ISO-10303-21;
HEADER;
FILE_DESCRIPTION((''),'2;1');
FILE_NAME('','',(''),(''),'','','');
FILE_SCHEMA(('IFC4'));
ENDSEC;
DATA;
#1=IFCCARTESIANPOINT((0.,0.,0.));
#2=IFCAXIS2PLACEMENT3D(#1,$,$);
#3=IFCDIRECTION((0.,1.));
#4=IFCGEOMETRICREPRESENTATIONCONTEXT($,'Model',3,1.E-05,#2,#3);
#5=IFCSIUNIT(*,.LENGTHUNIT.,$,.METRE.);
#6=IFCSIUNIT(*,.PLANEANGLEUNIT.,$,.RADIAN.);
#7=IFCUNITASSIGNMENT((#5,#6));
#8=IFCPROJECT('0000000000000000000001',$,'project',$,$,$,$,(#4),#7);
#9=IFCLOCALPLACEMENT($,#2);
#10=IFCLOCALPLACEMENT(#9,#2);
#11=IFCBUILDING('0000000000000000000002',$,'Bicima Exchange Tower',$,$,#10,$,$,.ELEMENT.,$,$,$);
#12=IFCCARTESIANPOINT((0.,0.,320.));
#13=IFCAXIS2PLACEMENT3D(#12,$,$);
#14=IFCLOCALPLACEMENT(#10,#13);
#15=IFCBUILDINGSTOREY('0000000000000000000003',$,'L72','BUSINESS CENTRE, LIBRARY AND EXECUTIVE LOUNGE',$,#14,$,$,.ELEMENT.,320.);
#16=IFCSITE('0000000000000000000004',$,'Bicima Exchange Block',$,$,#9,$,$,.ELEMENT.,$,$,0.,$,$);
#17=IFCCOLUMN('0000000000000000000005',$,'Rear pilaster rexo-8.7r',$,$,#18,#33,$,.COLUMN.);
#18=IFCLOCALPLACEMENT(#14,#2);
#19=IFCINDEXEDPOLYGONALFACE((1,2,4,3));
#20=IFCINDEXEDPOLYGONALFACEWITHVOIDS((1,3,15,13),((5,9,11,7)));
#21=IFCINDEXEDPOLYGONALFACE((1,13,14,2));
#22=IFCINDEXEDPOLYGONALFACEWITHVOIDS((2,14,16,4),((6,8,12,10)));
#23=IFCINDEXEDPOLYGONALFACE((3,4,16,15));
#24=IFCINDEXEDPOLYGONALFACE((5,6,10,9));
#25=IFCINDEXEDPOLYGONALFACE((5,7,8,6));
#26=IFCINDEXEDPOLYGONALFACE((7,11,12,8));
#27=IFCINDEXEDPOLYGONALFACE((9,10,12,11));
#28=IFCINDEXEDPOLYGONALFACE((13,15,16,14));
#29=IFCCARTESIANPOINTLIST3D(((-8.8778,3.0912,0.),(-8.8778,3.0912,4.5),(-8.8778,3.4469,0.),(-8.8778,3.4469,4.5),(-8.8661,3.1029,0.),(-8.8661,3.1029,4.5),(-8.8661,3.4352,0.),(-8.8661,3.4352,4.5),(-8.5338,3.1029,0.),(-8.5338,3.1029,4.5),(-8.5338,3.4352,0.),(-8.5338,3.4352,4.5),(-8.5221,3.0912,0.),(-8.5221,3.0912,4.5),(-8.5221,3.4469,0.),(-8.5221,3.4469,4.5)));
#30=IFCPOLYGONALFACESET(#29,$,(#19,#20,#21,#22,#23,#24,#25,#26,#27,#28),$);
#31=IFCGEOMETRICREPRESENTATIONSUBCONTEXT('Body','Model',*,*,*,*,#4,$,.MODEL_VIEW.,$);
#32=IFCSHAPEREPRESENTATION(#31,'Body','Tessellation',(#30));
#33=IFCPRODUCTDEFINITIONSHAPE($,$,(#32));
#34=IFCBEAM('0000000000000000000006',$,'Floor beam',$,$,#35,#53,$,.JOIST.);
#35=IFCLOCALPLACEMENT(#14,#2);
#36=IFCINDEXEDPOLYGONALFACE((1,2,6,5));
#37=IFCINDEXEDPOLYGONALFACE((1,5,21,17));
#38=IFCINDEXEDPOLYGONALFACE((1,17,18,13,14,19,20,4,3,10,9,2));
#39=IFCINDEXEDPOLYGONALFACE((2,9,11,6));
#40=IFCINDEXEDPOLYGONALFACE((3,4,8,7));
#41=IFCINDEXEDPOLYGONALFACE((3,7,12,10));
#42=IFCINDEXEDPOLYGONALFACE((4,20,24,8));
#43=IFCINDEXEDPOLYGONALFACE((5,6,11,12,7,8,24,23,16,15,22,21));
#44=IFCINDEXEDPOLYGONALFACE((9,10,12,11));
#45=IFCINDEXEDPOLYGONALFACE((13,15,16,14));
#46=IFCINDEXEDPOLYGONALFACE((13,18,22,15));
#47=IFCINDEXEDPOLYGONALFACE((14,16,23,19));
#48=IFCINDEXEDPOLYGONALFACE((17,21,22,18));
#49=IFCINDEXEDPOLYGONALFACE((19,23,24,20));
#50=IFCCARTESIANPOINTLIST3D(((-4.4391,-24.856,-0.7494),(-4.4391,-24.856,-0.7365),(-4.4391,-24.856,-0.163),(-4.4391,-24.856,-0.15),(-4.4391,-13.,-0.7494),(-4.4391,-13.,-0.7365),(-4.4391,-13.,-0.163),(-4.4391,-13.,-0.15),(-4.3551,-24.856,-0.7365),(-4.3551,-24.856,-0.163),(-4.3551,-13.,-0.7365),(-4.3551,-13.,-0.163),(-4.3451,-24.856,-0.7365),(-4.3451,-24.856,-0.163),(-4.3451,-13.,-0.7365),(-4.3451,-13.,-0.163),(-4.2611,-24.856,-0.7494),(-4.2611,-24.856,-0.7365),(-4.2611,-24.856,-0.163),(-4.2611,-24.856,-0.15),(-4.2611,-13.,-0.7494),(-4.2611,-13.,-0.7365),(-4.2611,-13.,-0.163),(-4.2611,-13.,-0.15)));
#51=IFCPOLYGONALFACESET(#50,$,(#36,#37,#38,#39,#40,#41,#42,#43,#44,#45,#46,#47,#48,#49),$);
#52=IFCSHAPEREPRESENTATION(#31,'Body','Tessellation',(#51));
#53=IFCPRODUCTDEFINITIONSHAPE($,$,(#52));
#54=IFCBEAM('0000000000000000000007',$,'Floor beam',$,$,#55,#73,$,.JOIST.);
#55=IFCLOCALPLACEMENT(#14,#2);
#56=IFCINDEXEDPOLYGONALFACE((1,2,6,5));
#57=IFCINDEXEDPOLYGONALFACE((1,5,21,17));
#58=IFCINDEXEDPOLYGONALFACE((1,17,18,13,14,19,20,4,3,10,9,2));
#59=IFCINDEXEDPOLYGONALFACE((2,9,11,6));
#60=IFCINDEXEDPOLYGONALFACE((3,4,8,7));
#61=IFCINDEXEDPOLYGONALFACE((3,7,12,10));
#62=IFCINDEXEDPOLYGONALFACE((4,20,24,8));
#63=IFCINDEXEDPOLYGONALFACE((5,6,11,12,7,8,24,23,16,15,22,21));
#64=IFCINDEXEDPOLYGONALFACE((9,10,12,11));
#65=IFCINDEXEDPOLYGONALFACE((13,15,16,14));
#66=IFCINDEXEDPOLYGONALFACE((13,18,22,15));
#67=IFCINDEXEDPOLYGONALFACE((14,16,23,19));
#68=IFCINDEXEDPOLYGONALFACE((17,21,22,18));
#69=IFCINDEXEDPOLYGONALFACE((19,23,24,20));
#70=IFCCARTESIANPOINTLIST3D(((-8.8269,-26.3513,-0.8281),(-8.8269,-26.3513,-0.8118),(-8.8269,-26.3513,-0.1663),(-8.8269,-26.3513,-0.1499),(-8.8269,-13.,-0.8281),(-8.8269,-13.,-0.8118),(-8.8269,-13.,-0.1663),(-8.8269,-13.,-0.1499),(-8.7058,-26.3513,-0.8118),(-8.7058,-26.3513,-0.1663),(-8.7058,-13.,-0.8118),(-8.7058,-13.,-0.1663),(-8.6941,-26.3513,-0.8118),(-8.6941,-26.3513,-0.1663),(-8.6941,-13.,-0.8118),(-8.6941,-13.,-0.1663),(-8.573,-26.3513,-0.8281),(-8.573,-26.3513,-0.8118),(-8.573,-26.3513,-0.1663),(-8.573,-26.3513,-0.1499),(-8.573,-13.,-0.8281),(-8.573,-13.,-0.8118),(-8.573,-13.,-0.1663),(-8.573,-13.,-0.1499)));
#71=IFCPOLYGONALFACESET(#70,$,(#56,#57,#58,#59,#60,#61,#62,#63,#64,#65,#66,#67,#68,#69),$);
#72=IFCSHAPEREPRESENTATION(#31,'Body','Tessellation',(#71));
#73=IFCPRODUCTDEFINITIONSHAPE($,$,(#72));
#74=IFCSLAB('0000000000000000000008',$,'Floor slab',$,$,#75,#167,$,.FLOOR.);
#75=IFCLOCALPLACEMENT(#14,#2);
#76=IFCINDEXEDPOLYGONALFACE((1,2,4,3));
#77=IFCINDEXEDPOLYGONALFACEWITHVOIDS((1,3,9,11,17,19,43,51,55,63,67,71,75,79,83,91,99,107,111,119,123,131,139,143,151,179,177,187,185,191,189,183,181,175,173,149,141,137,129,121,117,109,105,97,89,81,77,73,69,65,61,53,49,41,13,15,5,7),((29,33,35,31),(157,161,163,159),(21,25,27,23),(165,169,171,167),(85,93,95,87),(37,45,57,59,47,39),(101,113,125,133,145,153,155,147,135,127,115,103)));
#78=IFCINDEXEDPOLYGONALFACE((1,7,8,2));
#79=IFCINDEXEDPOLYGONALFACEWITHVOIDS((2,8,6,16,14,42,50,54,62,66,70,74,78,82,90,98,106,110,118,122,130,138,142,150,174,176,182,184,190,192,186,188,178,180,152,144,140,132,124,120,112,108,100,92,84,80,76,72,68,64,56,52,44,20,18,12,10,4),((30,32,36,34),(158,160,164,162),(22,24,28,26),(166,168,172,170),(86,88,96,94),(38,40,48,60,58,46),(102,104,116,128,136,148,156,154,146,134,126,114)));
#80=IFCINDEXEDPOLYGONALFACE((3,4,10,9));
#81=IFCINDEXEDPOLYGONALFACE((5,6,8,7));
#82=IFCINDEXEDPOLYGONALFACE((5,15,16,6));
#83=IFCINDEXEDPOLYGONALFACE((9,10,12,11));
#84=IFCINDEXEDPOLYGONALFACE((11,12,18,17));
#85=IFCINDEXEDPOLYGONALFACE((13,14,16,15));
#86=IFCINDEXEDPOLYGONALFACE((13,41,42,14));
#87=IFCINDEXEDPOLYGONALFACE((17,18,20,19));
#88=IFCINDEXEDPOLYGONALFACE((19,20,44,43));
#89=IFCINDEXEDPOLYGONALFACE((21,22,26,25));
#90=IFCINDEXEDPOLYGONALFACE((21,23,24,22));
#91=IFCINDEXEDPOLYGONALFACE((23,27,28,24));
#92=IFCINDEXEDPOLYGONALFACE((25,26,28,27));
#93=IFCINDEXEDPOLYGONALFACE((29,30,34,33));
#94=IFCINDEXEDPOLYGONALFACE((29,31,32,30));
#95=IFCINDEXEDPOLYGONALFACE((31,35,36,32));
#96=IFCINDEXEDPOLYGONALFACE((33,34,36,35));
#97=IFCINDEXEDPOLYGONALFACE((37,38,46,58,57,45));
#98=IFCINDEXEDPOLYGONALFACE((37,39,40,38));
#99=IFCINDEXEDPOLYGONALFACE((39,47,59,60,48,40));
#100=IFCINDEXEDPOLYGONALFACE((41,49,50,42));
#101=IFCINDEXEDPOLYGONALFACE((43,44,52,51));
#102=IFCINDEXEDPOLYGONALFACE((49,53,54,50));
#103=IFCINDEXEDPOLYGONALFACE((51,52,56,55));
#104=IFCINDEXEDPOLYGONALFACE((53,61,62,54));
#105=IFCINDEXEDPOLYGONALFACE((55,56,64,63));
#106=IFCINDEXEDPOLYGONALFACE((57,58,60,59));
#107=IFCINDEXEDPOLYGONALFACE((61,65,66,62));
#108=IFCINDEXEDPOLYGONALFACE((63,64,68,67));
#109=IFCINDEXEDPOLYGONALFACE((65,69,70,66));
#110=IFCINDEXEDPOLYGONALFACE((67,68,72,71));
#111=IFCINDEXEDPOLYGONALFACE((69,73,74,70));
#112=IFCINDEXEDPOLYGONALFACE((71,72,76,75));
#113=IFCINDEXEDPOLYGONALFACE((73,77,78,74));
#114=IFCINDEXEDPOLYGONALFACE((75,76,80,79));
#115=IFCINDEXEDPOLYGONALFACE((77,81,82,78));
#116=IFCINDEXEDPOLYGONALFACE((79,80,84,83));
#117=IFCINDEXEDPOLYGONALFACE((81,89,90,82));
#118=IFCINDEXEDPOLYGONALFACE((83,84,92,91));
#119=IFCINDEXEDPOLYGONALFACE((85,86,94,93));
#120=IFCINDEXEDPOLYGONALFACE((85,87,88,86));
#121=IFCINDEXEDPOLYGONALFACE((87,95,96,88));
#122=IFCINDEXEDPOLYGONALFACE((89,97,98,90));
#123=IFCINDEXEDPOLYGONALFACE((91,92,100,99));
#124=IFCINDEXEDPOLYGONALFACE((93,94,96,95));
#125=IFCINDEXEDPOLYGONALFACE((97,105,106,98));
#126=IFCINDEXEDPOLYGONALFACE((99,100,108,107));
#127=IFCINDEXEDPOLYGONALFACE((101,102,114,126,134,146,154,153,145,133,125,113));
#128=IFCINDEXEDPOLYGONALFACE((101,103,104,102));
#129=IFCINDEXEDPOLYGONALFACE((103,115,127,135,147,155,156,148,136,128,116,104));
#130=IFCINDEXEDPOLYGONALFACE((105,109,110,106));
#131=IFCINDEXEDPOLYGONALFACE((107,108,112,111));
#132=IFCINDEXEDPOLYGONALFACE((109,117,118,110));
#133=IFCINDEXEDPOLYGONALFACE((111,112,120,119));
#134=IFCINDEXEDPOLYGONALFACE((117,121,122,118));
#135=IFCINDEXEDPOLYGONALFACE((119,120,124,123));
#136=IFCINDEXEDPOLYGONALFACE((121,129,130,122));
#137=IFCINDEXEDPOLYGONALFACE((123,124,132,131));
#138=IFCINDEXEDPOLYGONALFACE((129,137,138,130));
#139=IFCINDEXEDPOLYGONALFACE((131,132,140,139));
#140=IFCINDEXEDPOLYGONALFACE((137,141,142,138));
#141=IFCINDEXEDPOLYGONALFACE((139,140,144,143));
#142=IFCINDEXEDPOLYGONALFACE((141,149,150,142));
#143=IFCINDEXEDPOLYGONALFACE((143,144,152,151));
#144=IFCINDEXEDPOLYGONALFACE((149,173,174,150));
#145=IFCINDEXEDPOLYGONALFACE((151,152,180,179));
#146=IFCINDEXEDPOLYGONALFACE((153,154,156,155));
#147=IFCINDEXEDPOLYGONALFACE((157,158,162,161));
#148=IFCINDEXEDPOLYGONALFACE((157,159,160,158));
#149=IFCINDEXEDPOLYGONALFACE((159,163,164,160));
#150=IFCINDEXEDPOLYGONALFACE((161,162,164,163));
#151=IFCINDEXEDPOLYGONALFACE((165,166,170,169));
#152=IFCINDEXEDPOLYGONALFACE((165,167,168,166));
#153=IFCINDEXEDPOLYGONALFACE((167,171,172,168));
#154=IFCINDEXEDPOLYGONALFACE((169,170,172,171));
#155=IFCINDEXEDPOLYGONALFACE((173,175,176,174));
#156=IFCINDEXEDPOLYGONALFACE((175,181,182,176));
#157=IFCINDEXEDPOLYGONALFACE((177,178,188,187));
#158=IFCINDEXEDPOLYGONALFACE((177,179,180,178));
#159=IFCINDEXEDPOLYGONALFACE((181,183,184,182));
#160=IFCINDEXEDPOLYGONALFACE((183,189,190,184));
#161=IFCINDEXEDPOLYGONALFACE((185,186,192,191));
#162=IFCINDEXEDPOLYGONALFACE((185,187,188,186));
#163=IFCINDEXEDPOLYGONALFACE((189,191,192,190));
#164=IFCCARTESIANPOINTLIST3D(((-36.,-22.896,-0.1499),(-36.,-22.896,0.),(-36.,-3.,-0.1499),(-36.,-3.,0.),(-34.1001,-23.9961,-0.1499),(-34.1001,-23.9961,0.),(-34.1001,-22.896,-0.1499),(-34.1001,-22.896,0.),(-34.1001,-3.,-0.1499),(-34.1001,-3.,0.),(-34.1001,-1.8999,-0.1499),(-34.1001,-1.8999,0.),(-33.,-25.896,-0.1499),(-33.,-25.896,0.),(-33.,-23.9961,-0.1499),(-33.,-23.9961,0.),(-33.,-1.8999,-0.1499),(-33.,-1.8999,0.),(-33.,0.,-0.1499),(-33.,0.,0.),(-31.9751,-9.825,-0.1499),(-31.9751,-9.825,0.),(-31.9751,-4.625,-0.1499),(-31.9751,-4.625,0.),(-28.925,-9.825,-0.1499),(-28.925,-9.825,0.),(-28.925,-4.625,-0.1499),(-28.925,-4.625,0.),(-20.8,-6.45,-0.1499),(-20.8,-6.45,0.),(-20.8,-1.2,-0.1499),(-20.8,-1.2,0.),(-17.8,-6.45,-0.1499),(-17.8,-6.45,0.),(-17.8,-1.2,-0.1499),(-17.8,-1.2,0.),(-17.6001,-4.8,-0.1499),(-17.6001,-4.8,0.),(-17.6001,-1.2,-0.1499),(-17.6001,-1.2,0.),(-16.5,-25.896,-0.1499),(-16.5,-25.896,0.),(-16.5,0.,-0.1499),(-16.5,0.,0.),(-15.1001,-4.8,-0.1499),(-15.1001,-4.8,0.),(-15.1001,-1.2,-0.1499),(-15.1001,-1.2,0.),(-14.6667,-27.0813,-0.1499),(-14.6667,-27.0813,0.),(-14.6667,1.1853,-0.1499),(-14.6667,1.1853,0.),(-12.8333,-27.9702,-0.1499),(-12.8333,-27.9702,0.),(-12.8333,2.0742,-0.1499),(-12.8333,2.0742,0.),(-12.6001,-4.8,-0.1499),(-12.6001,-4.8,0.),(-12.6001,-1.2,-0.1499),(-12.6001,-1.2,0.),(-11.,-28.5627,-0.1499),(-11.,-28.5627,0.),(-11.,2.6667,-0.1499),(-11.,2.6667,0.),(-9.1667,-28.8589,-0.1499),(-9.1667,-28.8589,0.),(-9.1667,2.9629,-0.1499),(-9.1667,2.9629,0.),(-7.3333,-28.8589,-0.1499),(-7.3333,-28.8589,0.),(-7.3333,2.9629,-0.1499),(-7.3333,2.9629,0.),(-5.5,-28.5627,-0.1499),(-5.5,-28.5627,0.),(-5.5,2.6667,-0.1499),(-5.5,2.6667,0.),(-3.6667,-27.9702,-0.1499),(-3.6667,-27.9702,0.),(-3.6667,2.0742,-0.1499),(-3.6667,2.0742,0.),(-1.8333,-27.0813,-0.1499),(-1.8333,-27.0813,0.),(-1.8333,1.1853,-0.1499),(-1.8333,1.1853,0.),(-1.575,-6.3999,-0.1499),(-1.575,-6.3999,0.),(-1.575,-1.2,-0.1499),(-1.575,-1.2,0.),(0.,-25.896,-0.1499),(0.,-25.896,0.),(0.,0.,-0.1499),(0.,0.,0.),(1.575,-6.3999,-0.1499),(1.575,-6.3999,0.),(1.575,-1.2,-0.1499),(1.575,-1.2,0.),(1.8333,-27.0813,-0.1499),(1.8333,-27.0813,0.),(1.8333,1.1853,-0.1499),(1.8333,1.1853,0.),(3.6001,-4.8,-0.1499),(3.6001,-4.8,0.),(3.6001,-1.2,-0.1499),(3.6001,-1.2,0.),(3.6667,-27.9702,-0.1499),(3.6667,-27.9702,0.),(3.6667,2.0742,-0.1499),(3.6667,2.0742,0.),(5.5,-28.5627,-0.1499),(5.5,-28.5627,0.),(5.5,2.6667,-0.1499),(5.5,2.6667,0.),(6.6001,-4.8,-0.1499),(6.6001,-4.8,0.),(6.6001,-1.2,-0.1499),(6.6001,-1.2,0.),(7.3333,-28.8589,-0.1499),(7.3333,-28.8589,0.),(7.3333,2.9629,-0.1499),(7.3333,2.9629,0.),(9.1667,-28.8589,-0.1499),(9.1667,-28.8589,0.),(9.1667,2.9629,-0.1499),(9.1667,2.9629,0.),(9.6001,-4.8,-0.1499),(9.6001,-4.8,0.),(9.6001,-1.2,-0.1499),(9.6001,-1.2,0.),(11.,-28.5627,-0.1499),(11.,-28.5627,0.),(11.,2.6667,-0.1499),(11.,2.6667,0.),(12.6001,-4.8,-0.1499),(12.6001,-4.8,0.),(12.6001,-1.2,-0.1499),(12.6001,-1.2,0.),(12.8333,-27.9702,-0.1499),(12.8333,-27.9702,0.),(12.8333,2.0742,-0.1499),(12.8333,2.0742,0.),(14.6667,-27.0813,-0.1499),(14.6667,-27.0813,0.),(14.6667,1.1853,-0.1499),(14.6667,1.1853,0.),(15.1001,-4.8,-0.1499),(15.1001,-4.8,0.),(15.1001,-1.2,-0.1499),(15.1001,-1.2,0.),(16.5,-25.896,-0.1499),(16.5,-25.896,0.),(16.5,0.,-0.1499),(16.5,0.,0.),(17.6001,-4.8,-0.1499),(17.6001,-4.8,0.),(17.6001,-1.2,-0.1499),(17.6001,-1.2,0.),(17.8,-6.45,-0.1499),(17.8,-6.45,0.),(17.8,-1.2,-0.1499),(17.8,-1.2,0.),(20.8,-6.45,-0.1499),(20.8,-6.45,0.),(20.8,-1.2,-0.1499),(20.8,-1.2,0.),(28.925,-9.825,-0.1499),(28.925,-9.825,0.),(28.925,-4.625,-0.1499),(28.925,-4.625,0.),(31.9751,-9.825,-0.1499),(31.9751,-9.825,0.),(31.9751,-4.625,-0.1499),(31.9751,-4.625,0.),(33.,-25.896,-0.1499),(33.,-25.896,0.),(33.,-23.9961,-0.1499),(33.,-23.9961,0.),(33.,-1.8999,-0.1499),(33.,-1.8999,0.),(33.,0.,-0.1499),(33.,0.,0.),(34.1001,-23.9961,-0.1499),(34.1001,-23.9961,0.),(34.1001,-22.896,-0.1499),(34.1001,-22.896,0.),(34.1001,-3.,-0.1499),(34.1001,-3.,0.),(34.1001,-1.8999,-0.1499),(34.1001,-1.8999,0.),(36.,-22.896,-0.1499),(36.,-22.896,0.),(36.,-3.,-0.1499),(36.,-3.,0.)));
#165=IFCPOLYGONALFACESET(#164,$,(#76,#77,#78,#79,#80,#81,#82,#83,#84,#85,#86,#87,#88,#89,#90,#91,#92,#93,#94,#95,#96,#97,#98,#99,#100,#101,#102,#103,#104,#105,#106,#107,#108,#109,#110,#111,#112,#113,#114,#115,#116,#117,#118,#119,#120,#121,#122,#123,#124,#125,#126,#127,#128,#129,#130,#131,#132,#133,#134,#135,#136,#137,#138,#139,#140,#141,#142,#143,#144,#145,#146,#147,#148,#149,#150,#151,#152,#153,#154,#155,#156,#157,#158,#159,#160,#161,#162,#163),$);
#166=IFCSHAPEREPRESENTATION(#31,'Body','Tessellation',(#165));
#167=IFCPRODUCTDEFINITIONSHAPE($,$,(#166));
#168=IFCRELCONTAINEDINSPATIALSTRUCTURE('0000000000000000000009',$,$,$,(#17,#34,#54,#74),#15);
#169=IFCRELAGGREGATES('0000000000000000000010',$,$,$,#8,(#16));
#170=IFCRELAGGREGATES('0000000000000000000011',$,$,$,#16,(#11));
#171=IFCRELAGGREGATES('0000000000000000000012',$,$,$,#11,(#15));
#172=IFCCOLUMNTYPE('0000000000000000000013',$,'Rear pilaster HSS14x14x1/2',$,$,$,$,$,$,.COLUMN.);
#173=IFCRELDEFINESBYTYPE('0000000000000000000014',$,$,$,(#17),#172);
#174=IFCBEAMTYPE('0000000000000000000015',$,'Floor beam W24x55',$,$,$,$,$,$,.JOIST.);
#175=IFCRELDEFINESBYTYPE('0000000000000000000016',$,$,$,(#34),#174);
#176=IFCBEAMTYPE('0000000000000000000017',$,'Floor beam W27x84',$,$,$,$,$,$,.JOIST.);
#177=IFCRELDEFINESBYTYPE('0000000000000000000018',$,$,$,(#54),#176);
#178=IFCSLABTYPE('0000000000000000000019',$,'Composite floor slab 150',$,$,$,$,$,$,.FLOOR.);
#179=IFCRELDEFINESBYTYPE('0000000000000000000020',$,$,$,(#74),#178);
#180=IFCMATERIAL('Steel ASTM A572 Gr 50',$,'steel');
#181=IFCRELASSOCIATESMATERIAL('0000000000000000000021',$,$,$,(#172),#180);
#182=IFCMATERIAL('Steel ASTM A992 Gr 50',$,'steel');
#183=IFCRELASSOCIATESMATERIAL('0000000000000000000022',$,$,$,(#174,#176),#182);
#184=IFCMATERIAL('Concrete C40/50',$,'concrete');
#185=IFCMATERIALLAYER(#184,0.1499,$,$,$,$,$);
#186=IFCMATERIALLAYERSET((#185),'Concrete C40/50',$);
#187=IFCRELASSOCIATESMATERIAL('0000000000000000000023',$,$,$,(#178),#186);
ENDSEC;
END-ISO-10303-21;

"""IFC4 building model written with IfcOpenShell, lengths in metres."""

from ifc_helpers import new_model, si_unit, direction, frame, origin, origin_2d, place, context, subcontext, project, spatial, polyline, hollow_rectangle, i_section, outline, extrude, material, layer, layer_set, material_profile, profile_set, type_object, element, save


model = new_model("IFC4")

# Units and contexts
model_context = context("Model", 3, precision=1e-05, world=origin(), true_north=direction((0.0, 1.0)))
body_context = subcontext(model_context, "Body", "Model", "MODEL_VIEW")
ifc_project = project(units=[si_unit("LENGTHUNIT", "METRE"), si_unit("PLANEANGLEUNIT", "RADIAN")], contexts=[model_context])

# Site, building, storey
site_placement = place(None, origin())
site = spatial("IfcSite", under=ifc_project, at=site_placement, Name="Bicima Exchange Block", CompositionType="ELEMENT", RefElevation=0.0)
building_placement = place(site_placement, origin())
building = spatial("IfcBuilding", under=site, at=building_placement, Name="Bicima Exchange Tower", CompositionType="ELEMENT")
storey_placement = place(building_placement, frame((0.0, 0.0, 320.0)))
storey = spatial("IfcBuildingStorey", under=building, at=storey_placement, Name="L72", Description="BUSINESS CENTRE, LIBRARY AND EXECUTIVE LOUNGE", CompositionType="ELEMENT", Elevation=320.0)

# Column
ifc_material_1 = material(Name="Steel ASTM A572 Gr 50", Category="steel")
ifc_material_profile_1 = material_profile(ifc_material_1, hollow_rectangle(XDim=0.3557, YDim=0.3557, WallThickness=0.0117, at=origin_2d()))
ifc_profile_set_1 = profile_set([ifc_material_profile_1], Name="Steel ASTM A572 Gr 50")
column_type = type_object("IfcColumnType", Name="Rear pilaster HSS14x14x1/2", PredefinedType="COLUMN", material=ifc_profile_set_1)
column_placement = place(storey_placement, frame((-8.7, 3.269, 0.0), z_axis=(0.0, 0.0, 1.0), x_axis=(1.0, 0.0, 0.0)))
element("IfcColumn", 1, at=column_placement, inside=storey, type_object=column_type, Name="Rear pilaster rexo-8.7r", PredefinedType="COLUMN", context=body_context, shape_type="SweptSolid", body=[
    extrude(hollow_rectangle(XDim=0.3557, YDim=0.3557, WallThickness=0.0117, at=origin_2d()), origin(), (0.0, 0.0, 1.0), 4.5),
])

# Beams
ifc_material_2 = material(Name="Steel ASTM A992 Gr 50", Category="steel")
ifc_material_profile_2 = material_profile(ifc_material_2, i_section(OverallWidth=0.178, OverallDepth=0.5994, WebThickness=0.01, FlangeThickness=0.0129, at=origin_2d()))
ifc_profile_set_2 = profile_set([ifc_material_profile_2], Name="Steel ASTM A992 Gr 50")
beam_type_1 = type_object("IfcBeamType", Name="Floor beam W24x55", PredefinedType="JOIST", material=ifc_profile_set_2)
beam_1_placement = place(storey_placement, frame((-4.3501, -13.0, -0.4497), z_axis=(0.0, -1.0, 0.0), x_axis=(1.0, 0.0, 0.0)))
element("IfcBeam", 2, at=beam_1_placement, inside=storey, type_object=beam_type_1, Name="Floor beam", PredefinedType="JOIST", context=body_context, shape_type="SweptSolid", body=[
    extrude(i_section(OverallWidth=0.178, OverallDepth=0.5994, WebThickness=0.01, FlangeThickness=0.0129, at=origin_2d()), origin(), (0.0, 0.0, 1.0), 11.856),
])
ifc_material_profile_3 = material_profile(ifc_material_2, i_section(OverallWidth=0.2539, OverallDepth=0.6782, WebThickness=0.0117, FlangeThickness=0.0164, at=origin_2d()))
ifc_profile_set_3 = profile_set([ifc_material_profile_3], Name="Steel ASTM A992 Gr 50")
beam_type_2 = type_object("IfcBeamType", Name="Floor beam W27x84", PredefinedType="JOIST", material=ifc_profile_set_3)
beam_2_placement = place(storey_placement, frame((-8.7, -13.0, -0.489), z_axis=(0.0, -1.0, 0.0), x_axis=(1.0, 0.0, 0.0)))
element("IfcBeam", 3, at=beam_2_placement, inside=storey, type_object=beam_type_2, Name="Floor beam", PredefinedType="JOIST", context=body_context, shape_type="SweptSolid", body=[
    extrude(i_section(OverallWidth=0.2539, OverallDepth=0.6782, WebThickness=0.0117, FlangeThickness=0.0164, at=origin_2d()), origin(), (0.0, 0.0, 1.0), 13.3513),
])

# Slab
ifc_material_3 = material(Name="Concrete C40/50", Category="concrete")
ifc_layer_1 = layer(ifc_material_3, 0.1499)
ifc_layer_set_1 = layer_set([ifc_layer_1], Name="Concrete C40/50")
slab_type = type_object("IfcSlabType", Name="Composite floor slab 150", PredefinedType="FLOOR", material=ifc_layer_set_1)
slab_placement = place(storey_placement, frame((0.0, 0.0, -0.1499)))
element("IfcSlab", 4, at=slab_placement, inside=storey, type_object=slab_type, Name="Floor slab", PredefinedType="FLOOR", context=body_context, shape_type="SweptSolid", body=[
    extrude(outline(polyline([(-36.0, -22.896), (-36.0, -3.0), (-34.1001, -3.0), (-34.1001, -1.8999), (-33.0, -1.8999), (-33.0, 0.0), (-16.5, 0.0), (-14.6667, 1.1853), (-12.8333, 2.0742), (-11.0, 2.6667), (-9.1667, 2.9629), (-7.3333, 2.9629), (-5.5, 2.6667), (-3.6667, 2.0742), (-1.8333, 1.1853), (0.0, 0.0), (1.8333, 1.1853), (3.6667, 2.0742), (5.5, 2.6667), (7.3333, 2.9629), (9.1667, 2.9629), (11.0, 2.6667), (12.8333, 2.0742), (14.6667, 1.1853), (16.5, 0.0), (33.0, 0.0), (33.0, -1.8999), (34.1001, -1.8999), (34.1001, -3.0), (36.0, -3.0), (36.0, -22.896), (34.1001, -22.896), (34.1001, -23.9961), (33.0, -23.9961), (33.0, -25.896), (16.5, -25.896), (14.6667, -27.0813), (12.8333, -27.9702), (11.0, -28.5627), (9.1667, -28.8589), (7.3333, -28.8589), (5.5, -28.5627), (3.6667, -27.9702), (1.8333, -27.0813), (0.0, -25.896), (-1.8333, -27.0813), (-3.6667, -27.9702), (-5.5, -28.5627), (-7.3333, -28.8589), (-9.1667, -28.8589), (-11.0, -28.5627), (-12.8333, -27.9702), (-14.6667, -27.0813), (-16.5, -25.896), (-33.0, -25.896), (-33.0, -23.9961), (-34.1001, -23.9961), (-34.1001, -22.896), (-36.0, -22.896)]), holes=[polyline([(-28.925, -9.825), (-28.925, -4.625), (-31.9751, -4.625), (-31.9751, -9.825), (-28.925, -9.825)]), polyline([(-20.8, -6.45), (-17.8, -6.45), (-17.8, -1.2), (-20.8, -1.2), (-20.8, -6.45)]), polyline([(-1.575, -6.3999), (1.575, -6.3999), (1.575, -1.2), (-1.575, -1.2), (-1.575, -6.3999)]), polyline([(-12.6001, -1.2), (-15.1001, -1.2), (-17.6001, -1.2), (-17.6001, -4.8), (-15.1001, -4.8), (-12.6001, -4.8), (-12.6001, -1.2)]), polyline([(3.6001, -4.8), (6.6001, -4.8), (9.6001, -4.8), (12.6001, -4.8), (15.1001, -4.8), (17.6001, -4.8), (17.6001, -1.2), (15.1001, -1.2), (12.6001, -1.2), (9.6001, -1.2), (6.6001, -1.2), (3.6001, -1.2), (3.6001, -4.8)]), polyline([(31.9751, -9.825), (31.9751, -4.625), (28.925, -4.625), (28.925, -9.825), (31.9751, -9.825)]), polyline([(17.8, -6.45), (20.8, -6.45), (20.8, -1.2), (17.8, -1.2), (17.8, -6.45)])]), origin(), (0.0, 0.0, 1.0), 0.1499),
])

save(model, "model.ifc")
